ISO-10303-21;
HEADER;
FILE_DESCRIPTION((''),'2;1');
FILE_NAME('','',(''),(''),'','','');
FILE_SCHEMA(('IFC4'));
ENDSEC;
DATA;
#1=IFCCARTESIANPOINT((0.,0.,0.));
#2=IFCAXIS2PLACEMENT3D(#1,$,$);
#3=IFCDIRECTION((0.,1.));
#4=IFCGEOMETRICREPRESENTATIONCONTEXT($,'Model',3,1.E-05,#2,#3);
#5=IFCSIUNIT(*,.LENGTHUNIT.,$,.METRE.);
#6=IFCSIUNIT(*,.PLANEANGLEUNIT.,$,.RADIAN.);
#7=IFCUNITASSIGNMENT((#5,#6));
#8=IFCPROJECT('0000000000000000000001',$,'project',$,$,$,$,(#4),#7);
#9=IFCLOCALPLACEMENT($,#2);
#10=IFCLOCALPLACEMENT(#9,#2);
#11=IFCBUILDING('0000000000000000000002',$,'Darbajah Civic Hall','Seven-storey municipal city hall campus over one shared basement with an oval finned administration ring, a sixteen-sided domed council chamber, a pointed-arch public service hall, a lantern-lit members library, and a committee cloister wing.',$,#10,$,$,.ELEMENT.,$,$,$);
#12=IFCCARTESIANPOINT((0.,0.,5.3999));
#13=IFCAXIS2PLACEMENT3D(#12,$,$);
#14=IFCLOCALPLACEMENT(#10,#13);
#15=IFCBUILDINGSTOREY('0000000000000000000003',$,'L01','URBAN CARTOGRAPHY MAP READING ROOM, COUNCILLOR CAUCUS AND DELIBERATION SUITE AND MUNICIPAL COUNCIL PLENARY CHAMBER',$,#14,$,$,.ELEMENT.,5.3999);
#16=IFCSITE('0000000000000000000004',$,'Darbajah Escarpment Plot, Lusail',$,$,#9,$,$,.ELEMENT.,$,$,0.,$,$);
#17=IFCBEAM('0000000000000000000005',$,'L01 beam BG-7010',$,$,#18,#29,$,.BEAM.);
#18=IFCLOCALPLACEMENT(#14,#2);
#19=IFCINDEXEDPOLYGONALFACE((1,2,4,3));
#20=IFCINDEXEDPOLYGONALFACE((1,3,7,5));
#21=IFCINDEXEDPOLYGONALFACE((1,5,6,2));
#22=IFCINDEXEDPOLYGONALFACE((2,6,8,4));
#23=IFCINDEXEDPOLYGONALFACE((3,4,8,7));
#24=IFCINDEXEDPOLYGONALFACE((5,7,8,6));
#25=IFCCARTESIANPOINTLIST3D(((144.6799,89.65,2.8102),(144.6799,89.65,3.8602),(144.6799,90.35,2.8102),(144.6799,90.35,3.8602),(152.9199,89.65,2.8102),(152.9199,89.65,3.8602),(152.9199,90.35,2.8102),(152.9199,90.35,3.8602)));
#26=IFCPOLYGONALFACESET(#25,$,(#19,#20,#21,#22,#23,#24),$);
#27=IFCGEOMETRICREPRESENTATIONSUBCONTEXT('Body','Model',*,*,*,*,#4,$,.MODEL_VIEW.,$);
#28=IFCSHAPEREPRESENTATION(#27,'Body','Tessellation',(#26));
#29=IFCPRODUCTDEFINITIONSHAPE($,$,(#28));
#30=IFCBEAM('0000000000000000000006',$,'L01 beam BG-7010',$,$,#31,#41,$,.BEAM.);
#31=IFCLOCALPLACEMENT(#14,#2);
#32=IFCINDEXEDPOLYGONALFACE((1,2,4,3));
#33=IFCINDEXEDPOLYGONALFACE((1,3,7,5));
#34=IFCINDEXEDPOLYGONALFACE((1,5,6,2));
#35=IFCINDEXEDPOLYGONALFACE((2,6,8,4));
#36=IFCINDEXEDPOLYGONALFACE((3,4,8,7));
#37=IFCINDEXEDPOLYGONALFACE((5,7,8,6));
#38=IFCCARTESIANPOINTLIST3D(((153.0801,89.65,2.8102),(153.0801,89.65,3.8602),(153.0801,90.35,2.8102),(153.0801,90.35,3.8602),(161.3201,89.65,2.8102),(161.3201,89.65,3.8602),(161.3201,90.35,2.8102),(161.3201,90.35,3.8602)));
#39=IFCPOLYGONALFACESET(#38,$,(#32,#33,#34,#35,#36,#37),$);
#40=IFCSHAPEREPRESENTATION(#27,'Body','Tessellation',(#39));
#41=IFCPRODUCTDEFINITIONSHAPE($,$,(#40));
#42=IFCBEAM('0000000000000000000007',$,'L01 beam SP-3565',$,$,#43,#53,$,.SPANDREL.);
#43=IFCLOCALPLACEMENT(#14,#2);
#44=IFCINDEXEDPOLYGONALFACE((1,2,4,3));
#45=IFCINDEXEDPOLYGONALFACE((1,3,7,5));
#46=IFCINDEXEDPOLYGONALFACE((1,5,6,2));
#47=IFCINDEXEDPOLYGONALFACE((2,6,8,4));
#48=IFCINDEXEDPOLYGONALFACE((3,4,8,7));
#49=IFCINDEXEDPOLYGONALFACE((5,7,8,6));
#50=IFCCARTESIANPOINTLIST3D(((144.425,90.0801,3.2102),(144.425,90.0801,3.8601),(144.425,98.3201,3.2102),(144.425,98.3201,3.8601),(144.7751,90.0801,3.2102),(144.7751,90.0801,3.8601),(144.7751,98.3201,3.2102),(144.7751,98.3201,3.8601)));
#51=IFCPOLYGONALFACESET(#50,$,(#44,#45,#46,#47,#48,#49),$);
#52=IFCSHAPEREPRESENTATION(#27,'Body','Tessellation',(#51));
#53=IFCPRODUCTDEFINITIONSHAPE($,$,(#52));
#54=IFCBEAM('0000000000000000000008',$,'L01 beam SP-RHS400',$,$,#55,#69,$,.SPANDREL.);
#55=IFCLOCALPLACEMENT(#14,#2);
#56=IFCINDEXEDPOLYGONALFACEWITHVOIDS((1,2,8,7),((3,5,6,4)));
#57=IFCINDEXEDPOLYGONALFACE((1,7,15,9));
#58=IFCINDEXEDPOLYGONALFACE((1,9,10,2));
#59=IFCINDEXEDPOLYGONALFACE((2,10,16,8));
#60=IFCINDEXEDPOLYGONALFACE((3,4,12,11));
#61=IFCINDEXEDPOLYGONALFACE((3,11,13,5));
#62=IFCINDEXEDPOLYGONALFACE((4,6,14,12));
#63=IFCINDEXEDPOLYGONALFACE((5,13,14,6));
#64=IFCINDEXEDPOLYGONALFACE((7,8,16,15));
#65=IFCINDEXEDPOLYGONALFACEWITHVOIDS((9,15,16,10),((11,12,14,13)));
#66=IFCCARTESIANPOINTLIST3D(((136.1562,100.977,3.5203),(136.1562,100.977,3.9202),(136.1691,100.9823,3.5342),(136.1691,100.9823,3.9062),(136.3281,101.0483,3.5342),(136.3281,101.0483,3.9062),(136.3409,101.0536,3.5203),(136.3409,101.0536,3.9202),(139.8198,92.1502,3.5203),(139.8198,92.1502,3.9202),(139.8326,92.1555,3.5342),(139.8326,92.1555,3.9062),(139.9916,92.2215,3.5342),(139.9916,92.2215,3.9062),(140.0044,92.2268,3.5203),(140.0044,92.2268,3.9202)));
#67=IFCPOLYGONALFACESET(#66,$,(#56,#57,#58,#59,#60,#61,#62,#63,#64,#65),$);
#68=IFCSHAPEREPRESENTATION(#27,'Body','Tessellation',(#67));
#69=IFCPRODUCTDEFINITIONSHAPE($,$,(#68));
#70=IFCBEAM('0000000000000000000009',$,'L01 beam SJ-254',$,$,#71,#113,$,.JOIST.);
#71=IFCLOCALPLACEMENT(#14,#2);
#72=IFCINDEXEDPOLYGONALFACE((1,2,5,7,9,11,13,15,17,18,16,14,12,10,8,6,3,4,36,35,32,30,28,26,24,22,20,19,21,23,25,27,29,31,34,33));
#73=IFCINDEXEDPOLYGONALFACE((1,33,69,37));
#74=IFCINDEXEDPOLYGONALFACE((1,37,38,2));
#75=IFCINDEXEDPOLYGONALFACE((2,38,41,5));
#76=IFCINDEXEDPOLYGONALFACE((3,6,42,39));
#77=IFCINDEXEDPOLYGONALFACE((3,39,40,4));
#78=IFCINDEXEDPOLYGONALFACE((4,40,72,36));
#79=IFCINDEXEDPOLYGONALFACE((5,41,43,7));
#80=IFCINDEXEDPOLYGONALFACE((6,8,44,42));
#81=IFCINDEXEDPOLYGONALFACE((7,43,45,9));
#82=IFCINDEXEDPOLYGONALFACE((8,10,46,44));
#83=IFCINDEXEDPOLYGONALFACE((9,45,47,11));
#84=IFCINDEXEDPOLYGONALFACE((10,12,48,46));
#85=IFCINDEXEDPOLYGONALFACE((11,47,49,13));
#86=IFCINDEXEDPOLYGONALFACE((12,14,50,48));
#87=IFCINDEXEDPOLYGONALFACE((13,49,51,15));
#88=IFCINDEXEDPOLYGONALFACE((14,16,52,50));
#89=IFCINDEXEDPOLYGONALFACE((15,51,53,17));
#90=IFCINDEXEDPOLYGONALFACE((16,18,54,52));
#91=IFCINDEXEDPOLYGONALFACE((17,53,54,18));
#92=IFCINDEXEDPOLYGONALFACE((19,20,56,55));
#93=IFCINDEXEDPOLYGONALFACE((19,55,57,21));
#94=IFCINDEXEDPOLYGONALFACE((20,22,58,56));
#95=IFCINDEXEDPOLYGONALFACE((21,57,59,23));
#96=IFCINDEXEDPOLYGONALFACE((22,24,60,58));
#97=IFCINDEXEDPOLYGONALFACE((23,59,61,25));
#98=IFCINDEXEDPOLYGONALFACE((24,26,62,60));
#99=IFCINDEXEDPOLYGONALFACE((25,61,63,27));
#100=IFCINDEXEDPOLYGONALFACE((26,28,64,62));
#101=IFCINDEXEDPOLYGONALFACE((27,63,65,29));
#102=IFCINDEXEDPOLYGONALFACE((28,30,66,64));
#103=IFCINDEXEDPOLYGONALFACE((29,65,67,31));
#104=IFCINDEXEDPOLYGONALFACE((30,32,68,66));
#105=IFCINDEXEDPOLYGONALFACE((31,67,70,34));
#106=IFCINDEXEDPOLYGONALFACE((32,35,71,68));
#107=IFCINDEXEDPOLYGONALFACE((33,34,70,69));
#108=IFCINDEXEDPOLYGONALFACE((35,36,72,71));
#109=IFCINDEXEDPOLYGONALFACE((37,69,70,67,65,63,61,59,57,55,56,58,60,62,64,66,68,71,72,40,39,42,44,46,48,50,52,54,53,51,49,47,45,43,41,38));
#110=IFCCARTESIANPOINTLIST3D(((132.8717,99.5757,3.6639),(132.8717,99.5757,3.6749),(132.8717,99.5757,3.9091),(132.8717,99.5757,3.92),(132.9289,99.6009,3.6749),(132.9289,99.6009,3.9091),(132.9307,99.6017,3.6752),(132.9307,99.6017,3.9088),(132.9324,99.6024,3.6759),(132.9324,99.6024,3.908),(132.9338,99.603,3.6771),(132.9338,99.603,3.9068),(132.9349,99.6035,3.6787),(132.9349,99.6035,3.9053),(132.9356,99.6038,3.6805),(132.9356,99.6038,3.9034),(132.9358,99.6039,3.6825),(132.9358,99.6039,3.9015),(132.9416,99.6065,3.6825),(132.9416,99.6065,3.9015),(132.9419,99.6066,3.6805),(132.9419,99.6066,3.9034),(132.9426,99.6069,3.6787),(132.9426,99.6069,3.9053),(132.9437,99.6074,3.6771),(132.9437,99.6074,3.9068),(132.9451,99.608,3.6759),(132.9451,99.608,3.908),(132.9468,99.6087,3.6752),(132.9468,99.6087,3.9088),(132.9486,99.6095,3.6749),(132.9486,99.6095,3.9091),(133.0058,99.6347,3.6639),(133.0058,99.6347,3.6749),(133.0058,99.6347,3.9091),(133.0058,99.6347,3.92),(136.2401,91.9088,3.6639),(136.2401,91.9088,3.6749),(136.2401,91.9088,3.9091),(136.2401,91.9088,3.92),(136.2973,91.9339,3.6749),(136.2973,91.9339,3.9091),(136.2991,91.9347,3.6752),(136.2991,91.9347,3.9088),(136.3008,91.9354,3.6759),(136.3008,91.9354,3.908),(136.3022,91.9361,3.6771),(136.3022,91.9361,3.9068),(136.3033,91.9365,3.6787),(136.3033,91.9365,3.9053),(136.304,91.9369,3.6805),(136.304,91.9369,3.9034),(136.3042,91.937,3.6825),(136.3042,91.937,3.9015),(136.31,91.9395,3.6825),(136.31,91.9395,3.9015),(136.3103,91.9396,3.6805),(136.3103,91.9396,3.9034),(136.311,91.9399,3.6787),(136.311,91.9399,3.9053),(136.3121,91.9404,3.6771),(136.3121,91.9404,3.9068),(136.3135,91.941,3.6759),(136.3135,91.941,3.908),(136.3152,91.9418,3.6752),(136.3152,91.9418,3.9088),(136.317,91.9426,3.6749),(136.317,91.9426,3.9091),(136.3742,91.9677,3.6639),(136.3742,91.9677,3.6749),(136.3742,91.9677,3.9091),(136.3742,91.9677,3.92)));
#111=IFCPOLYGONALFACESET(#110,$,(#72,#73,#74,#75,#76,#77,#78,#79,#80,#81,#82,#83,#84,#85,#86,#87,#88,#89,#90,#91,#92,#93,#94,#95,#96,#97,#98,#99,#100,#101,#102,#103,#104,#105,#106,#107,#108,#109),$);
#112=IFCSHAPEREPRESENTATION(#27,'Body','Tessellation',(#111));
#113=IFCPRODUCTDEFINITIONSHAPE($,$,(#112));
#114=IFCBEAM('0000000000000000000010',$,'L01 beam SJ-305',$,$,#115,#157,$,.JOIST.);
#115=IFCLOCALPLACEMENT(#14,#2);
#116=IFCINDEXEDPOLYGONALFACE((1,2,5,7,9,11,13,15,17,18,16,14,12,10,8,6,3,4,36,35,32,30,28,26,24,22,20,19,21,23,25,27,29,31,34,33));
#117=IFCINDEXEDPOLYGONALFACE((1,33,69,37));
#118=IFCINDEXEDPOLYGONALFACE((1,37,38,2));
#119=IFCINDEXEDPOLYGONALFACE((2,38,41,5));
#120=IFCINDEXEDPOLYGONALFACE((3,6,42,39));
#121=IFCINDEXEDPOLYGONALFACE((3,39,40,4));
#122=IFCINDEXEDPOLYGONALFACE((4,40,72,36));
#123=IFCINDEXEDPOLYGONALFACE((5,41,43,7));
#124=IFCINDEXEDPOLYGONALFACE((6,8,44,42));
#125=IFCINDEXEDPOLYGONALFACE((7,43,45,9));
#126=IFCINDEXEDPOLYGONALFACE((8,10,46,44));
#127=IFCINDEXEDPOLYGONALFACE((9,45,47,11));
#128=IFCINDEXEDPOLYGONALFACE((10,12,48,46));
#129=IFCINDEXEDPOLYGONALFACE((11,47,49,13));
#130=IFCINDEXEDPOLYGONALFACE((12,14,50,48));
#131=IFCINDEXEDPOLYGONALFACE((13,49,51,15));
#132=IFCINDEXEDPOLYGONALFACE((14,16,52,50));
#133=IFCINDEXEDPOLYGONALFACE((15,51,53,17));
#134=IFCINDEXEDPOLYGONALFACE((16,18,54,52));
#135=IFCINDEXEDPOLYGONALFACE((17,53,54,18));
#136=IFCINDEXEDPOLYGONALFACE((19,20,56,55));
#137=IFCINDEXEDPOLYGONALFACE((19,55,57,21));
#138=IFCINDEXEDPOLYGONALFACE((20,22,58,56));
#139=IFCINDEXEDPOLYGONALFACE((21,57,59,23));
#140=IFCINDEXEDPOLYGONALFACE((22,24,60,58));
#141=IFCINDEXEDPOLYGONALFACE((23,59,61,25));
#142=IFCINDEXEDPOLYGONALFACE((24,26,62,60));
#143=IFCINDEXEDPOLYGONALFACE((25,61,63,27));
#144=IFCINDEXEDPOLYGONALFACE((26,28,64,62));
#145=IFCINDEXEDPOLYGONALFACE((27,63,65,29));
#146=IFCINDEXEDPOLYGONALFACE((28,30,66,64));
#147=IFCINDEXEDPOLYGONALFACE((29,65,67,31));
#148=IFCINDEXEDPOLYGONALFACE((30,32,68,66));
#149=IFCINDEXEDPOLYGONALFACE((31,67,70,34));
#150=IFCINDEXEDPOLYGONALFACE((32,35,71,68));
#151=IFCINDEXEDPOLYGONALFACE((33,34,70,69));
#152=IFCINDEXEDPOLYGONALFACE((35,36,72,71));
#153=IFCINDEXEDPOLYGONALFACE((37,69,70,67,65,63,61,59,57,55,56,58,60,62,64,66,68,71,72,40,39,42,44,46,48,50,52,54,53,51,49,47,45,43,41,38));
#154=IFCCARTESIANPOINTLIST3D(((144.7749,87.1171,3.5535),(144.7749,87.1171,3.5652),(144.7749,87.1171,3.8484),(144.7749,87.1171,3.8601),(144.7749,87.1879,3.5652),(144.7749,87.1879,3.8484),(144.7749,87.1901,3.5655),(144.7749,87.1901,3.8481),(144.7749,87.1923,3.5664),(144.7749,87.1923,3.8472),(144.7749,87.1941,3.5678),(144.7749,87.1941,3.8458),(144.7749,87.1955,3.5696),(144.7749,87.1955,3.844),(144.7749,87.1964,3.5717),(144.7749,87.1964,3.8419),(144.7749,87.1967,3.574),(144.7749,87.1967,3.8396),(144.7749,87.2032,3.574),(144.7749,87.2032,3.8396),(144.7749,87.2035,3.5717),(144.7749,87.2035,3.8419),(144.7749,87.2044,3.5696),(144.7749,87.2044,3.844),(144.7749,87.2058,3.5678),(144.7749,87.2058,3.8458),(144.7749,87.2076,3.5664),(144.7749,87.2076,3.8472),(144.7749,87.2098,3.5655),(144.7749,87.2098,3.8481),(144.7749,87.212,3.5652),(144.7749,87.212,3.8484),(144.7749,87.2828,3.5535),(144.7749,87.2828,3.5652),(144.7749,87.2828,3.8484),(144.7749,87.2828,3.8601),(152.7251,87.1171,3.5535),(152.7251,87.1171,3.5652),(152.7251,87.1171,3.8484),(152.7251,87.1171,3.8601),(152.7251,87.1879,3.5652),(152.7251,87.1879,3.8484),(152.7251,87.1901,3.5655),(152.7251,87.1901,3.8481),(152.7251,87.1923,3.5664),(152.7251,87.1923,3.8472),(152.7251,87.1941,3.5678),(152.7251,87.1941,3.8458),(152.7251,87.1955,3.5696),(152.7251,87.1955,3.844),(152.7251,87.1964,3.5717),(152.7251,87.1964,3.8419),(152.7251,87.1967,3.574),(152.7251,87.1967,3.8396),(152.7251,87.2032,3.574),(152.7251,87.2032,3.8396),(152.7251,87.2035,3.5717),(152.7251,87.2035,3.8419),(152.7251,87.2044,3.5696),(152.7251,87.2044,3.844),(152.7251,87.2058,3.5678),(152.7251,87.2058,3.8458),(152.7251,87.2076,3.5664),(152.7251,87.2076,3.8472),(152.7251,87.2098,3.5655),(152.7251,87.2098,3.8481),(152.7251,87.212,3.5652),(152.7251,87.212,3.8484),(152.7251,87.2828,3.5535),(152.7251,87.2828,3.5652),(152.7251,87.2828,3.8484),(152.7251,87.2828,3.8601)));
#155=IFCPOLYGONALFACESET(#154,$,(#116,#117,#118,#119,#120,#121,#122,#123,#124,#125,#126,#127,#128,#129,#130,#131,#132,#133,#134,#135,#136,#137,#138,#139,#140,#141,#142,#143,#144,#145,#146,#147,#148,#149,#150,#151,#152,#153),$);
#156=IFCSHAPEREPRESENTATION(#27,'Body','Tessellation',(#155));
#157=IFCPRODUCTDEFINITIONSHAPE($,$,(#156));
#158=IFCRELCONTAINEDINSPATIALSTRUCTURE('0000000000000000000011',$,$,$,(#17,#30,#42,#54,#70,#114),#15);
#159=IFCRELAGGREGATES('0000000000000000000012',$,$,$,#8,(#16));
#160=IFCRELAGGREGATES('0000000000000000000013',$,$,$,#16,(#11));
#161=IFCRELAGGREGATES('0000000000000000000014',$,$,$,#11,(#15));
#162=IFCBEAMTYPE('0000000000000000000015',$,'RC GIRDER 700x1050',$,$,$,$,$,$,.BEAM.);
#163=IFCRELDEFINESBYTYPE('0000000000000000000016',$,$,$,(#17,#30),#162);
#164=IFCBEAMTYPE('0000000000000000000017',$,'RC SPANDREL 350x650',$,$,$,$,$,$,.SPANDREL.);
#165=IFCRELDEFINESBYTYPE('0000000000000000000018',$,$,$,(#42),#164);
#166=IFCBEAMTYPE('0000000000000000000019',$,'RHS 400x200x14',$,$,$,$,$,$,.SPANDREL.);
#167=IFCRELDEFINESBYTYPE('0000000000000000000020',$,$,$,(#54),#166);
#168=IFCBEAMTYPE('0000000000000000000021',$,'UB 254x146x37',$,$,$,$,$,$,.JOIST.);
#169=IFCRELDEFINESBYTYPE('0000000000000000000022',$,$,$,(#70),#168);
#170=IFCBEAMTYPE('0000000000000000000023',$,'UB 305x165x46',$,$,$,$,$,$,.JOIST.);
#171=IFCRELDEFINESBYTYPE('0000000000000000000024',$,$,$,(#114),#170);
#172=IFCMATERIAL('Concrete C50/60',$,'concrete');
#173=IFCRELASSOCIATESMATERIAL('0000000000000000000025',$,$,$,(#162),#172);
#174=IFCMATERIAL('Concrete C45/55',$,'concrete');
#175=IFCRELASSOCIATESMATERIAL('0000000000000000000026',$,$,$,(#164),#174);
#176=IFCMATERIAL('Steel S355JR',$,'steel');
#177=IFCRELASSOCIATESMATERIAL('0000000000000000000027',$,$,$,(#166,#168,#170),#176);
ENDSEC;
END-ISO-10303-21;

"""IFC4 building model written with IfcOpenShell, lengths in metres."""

from ifc_helpers import new_model, si_unit, direction, frame, origin, origin_2d, place, context, subcontext, project, spatial, rectangle, hollow_rectangle, i_section, extrude, material, material_profile, profile_set, type_object, element, save


model = new_model("IFC4")

# Units and contexts
model_context = context("Model", 3, precision=1e-05, world=origin(), true_north=direction((0.0, 1.0)))
body_context = subcontext(model_context, "Body", "Model", "MODEL_VIEW")
ifc_project = project(units=[si_unit("LENGTHUNIT", "METRE"), si_unit("PLANEANGLEUNIT", "RADIAN")], contexts=[model_context])

# Site, building, storey
site_placement = place(None, origin())
site = spatial("IfcSite", under=ifc_project, at=site_placement, Name="Darbajah Escarpment Plot, Lusail", CompositionType="ELEMENT", RefElevation=0.0)
building_placement = place(site_placement, origin())
building = spatial("IfcBuilding", under=site, at=building_placement, Name="Darbajah Civic Hall", Description="Seven-storey municipal city hall campus over one shared basement with an oval finned administration ring, a sixteen-sided domed council chamber, a pointed-arch public service hall, a lantern-lit members library, and a committee cloister wing.", CompositionType="ELEMENT")
storey_placement = place(building_placement, frame((0.0, 0.0, 5.3999)))
storey = spatial("IfcBuildingStorey", under=building, at=storey_placement, Name="L01", Description="URBAN CARTOGRAPHY MAP READING ROOM, COUNCILLOR CAUCUS AND DELIBERATION SUITE AND MUNICIPAL COUNCIL PLENARY CHAMBER", CompositionType="ELEMENT", Elevation=5.3999)

# Shared definitions
ifc_material_1 = material(Name="Concrete C50/60", Category="concrete")

# Beams
ifc_material_profile_1 = material_profile(ifc_material_1, rectangle(XDim=0.7, YDim=1.05, at=origin_2d()), Name="RC GIRDER 700x1050")
ifc_profile_set_1 = profile_set([ifc_material_profile_1], Name="Concrete C50/60")
beam_type_1 = type_object("IfcBeamType", Name="RC GIRDER 700x1050", PredefinedType="BEAM", material=ifc_profile_set_1)
for number, where, z_axis, x_axis, name in (
    (1, (144.6799, 90.0, 3.3352), (1.0, 0.0, 0.0), (0.0, 1.0, 0.0), "L01 beam BG-7010"),
    (2, (153.0801, 90.0, 3.3352), (1.0, 0.0, 0.0), (0.0, 1.0, 0.0), "L01 beam BG-7010"),
):
    element("IfcBeam", number, at=place(storey_placement, frame(where, z_axis=z_axis, x_axis=x_axis)), inside=storey, type_object=beam_type_1, Name=name, PredefinedType="BEAM", context=body_context, shape_type="SweptSolid", body=[
        extrude(rectangle(XDim=0.7, YDim=1.05, at=origin_2d()), origin(), (0.0, 0.0, 1.0), 8.24),
    ])
ifc_material_2 = material(Name="Concrete C45/55", Category="concrete")
ifc_material_profile_2 = material_profile(ifc_material_2, rectangle(XDim=0.3501, YDim=0.6499, at=origin_2d()), Name="RC SPANDREL 350x650")
ifc_profile_set_2 = profile_set([ifc_material_profile_2], Name="Concrete C45/55")
beam_type_2 = type_object("IfcBeamType", Name="RC SPANDREL 350x650", PredefinedType="SPANDREL", material=ifc_profile_set_2)
beam_1_placement = place(storey_placement, frame((144.6001, 90.0801, 3.5352), z_axis=(0.0, 1.0, 0.0), x_axis=(-1.0, 0.0, 0.0)))
element("IfcBeam", 3, at=beam_1_placement, inside=storey, type_object=beam_type_2, Name="L01 beam SP-3565", PredefinedType="SPANDREL", context=body_context, shape_type="SweptSolid", body=[
    extrude(rectangle(XDim=0.3501, YDim=0.6499, at=origin_2d()), origin(), (0.0, 0.0, 1.0), 8.24),
])
ifc_material_3 = material(Name="Steel S355JR", Category="steel")
ifc_material_profile_3 = material_profile(ifc_material_3, hollow_rectangle(XDim=0.2, YDim=0.3999, WallThickness=0.0139, at=origin_2d()), Name="RHS 400x200x14")
ifc_profile_set_3 = profile_set([ifc_material_profile_3], Name="Steel S355JR")
beam_type_3 = type_object("IfcBeamType", Name="RHS 400x200x14", PredefinedType="SPANDREL", material=ifc_profile_set_3)
beam_2_placement = place(storey_placement, frame((139.9121, 92.1885, 3.7202), z_axis=(-0.38334, 0.923607, 0.0), x_axis=(-0.923607, -0.38334, 0.0)))
element("IfcBeam", 4, at=beam_2_placement, inside=storey, type_object=beam_type_3, Name="L01 beam SP-RHS400", PredefinedType="SPANDREL", context=body_context, shape_type="SweptSolid", body=[
    extrude(hollow_rectangle(XDim=0.2, YDim=0.3999, WallThickness=0.0139, at=origin_2d()), origin(), (0.0, 0.0, 1.0), 9.5569),
])
ifc_material_profile_4 = material_profile(ifc_material_3, i_section(OverallWidth=0.1465, OverallDepth=0.2561, WebThickness=0.0063, FlangeThickness=0.011, FilletRadius=0.0076, at=origin_2d()), Name="UB 254x146x37")
ifc_profile_set_4 = profile_set([ifc_material_profile_4], Name="Steel S355JR")
beam_type_4 = type_object("IfcBeamType", Name="UB 254x146x37", PredefinedType="JOIST", material=ifc_profile_set_4)
beam_3_placement = place(storey_placement, frame((136.3071, 91.9382, 3.792), z_axis=(-0.402231, 0.915538, 0.0), x_axis=(-0.915538, -0.402231, 0.0)))
element("IfcBeam", 5, at=beam_3_placement, inside=storey, type_object=beam_type_4, Name="L01 beam SJ-254", PredefinedType="JOIST", context=body_context, shape_type="SweptSolid", body=[
    extrude(i_section(OverallWidth=0.1465, OverallDepth=0.2561, WebThickness=0.0063, FlangeThickness=0.011, FilletRadius=0.0076, at=origin_2d()), origin(), (0.0, 0.0, 1.0), 8.3743),
])
ifc_material_profile_5 = material_profile(ifc_material_3, i_section(OverallWidth=0.1658, OverallDepth=0.3066, WebThickness=0.0066, FlangeThickness=0.0117, FilletRadius=0.0088, at=origin_2d()), Name="UB 305x165x46")
ifc_profile_set_5 = profile_set([ifc_material_profile_5], Name="Steel S355JR")
beam_type_5 = type_object("IfcBeamType", Name="UB 305x165x46", PredefinedType="JOIST", material=ifc_profile_set_5)
beam_4_placement = place(storey_placement, frame((144.7749, 87.2, 3.7068), z_axis=(1.0, 0.0, 0.0), x_axis=(0.0, 1.0, 0.0)))
element("IfcBeam", 6, at=beam_4_placement, inside=storey, type_object=beam_type_5, Name="L01 beam SJ-305", PredefinedType="JOIST", context=body_context, shape_type="SweptSolid", body=[
    extrude(i_section(OverallWidth=0.1658, OverallDepth=0.3066, WebThickness=0.0066, FlangeThickness=0.0117, FilletRadius=0.0088, at=origin_2d()), origin(), (0.0, 0.0, 1.0), 7.9502),
])

save(model, "model.ifc")
